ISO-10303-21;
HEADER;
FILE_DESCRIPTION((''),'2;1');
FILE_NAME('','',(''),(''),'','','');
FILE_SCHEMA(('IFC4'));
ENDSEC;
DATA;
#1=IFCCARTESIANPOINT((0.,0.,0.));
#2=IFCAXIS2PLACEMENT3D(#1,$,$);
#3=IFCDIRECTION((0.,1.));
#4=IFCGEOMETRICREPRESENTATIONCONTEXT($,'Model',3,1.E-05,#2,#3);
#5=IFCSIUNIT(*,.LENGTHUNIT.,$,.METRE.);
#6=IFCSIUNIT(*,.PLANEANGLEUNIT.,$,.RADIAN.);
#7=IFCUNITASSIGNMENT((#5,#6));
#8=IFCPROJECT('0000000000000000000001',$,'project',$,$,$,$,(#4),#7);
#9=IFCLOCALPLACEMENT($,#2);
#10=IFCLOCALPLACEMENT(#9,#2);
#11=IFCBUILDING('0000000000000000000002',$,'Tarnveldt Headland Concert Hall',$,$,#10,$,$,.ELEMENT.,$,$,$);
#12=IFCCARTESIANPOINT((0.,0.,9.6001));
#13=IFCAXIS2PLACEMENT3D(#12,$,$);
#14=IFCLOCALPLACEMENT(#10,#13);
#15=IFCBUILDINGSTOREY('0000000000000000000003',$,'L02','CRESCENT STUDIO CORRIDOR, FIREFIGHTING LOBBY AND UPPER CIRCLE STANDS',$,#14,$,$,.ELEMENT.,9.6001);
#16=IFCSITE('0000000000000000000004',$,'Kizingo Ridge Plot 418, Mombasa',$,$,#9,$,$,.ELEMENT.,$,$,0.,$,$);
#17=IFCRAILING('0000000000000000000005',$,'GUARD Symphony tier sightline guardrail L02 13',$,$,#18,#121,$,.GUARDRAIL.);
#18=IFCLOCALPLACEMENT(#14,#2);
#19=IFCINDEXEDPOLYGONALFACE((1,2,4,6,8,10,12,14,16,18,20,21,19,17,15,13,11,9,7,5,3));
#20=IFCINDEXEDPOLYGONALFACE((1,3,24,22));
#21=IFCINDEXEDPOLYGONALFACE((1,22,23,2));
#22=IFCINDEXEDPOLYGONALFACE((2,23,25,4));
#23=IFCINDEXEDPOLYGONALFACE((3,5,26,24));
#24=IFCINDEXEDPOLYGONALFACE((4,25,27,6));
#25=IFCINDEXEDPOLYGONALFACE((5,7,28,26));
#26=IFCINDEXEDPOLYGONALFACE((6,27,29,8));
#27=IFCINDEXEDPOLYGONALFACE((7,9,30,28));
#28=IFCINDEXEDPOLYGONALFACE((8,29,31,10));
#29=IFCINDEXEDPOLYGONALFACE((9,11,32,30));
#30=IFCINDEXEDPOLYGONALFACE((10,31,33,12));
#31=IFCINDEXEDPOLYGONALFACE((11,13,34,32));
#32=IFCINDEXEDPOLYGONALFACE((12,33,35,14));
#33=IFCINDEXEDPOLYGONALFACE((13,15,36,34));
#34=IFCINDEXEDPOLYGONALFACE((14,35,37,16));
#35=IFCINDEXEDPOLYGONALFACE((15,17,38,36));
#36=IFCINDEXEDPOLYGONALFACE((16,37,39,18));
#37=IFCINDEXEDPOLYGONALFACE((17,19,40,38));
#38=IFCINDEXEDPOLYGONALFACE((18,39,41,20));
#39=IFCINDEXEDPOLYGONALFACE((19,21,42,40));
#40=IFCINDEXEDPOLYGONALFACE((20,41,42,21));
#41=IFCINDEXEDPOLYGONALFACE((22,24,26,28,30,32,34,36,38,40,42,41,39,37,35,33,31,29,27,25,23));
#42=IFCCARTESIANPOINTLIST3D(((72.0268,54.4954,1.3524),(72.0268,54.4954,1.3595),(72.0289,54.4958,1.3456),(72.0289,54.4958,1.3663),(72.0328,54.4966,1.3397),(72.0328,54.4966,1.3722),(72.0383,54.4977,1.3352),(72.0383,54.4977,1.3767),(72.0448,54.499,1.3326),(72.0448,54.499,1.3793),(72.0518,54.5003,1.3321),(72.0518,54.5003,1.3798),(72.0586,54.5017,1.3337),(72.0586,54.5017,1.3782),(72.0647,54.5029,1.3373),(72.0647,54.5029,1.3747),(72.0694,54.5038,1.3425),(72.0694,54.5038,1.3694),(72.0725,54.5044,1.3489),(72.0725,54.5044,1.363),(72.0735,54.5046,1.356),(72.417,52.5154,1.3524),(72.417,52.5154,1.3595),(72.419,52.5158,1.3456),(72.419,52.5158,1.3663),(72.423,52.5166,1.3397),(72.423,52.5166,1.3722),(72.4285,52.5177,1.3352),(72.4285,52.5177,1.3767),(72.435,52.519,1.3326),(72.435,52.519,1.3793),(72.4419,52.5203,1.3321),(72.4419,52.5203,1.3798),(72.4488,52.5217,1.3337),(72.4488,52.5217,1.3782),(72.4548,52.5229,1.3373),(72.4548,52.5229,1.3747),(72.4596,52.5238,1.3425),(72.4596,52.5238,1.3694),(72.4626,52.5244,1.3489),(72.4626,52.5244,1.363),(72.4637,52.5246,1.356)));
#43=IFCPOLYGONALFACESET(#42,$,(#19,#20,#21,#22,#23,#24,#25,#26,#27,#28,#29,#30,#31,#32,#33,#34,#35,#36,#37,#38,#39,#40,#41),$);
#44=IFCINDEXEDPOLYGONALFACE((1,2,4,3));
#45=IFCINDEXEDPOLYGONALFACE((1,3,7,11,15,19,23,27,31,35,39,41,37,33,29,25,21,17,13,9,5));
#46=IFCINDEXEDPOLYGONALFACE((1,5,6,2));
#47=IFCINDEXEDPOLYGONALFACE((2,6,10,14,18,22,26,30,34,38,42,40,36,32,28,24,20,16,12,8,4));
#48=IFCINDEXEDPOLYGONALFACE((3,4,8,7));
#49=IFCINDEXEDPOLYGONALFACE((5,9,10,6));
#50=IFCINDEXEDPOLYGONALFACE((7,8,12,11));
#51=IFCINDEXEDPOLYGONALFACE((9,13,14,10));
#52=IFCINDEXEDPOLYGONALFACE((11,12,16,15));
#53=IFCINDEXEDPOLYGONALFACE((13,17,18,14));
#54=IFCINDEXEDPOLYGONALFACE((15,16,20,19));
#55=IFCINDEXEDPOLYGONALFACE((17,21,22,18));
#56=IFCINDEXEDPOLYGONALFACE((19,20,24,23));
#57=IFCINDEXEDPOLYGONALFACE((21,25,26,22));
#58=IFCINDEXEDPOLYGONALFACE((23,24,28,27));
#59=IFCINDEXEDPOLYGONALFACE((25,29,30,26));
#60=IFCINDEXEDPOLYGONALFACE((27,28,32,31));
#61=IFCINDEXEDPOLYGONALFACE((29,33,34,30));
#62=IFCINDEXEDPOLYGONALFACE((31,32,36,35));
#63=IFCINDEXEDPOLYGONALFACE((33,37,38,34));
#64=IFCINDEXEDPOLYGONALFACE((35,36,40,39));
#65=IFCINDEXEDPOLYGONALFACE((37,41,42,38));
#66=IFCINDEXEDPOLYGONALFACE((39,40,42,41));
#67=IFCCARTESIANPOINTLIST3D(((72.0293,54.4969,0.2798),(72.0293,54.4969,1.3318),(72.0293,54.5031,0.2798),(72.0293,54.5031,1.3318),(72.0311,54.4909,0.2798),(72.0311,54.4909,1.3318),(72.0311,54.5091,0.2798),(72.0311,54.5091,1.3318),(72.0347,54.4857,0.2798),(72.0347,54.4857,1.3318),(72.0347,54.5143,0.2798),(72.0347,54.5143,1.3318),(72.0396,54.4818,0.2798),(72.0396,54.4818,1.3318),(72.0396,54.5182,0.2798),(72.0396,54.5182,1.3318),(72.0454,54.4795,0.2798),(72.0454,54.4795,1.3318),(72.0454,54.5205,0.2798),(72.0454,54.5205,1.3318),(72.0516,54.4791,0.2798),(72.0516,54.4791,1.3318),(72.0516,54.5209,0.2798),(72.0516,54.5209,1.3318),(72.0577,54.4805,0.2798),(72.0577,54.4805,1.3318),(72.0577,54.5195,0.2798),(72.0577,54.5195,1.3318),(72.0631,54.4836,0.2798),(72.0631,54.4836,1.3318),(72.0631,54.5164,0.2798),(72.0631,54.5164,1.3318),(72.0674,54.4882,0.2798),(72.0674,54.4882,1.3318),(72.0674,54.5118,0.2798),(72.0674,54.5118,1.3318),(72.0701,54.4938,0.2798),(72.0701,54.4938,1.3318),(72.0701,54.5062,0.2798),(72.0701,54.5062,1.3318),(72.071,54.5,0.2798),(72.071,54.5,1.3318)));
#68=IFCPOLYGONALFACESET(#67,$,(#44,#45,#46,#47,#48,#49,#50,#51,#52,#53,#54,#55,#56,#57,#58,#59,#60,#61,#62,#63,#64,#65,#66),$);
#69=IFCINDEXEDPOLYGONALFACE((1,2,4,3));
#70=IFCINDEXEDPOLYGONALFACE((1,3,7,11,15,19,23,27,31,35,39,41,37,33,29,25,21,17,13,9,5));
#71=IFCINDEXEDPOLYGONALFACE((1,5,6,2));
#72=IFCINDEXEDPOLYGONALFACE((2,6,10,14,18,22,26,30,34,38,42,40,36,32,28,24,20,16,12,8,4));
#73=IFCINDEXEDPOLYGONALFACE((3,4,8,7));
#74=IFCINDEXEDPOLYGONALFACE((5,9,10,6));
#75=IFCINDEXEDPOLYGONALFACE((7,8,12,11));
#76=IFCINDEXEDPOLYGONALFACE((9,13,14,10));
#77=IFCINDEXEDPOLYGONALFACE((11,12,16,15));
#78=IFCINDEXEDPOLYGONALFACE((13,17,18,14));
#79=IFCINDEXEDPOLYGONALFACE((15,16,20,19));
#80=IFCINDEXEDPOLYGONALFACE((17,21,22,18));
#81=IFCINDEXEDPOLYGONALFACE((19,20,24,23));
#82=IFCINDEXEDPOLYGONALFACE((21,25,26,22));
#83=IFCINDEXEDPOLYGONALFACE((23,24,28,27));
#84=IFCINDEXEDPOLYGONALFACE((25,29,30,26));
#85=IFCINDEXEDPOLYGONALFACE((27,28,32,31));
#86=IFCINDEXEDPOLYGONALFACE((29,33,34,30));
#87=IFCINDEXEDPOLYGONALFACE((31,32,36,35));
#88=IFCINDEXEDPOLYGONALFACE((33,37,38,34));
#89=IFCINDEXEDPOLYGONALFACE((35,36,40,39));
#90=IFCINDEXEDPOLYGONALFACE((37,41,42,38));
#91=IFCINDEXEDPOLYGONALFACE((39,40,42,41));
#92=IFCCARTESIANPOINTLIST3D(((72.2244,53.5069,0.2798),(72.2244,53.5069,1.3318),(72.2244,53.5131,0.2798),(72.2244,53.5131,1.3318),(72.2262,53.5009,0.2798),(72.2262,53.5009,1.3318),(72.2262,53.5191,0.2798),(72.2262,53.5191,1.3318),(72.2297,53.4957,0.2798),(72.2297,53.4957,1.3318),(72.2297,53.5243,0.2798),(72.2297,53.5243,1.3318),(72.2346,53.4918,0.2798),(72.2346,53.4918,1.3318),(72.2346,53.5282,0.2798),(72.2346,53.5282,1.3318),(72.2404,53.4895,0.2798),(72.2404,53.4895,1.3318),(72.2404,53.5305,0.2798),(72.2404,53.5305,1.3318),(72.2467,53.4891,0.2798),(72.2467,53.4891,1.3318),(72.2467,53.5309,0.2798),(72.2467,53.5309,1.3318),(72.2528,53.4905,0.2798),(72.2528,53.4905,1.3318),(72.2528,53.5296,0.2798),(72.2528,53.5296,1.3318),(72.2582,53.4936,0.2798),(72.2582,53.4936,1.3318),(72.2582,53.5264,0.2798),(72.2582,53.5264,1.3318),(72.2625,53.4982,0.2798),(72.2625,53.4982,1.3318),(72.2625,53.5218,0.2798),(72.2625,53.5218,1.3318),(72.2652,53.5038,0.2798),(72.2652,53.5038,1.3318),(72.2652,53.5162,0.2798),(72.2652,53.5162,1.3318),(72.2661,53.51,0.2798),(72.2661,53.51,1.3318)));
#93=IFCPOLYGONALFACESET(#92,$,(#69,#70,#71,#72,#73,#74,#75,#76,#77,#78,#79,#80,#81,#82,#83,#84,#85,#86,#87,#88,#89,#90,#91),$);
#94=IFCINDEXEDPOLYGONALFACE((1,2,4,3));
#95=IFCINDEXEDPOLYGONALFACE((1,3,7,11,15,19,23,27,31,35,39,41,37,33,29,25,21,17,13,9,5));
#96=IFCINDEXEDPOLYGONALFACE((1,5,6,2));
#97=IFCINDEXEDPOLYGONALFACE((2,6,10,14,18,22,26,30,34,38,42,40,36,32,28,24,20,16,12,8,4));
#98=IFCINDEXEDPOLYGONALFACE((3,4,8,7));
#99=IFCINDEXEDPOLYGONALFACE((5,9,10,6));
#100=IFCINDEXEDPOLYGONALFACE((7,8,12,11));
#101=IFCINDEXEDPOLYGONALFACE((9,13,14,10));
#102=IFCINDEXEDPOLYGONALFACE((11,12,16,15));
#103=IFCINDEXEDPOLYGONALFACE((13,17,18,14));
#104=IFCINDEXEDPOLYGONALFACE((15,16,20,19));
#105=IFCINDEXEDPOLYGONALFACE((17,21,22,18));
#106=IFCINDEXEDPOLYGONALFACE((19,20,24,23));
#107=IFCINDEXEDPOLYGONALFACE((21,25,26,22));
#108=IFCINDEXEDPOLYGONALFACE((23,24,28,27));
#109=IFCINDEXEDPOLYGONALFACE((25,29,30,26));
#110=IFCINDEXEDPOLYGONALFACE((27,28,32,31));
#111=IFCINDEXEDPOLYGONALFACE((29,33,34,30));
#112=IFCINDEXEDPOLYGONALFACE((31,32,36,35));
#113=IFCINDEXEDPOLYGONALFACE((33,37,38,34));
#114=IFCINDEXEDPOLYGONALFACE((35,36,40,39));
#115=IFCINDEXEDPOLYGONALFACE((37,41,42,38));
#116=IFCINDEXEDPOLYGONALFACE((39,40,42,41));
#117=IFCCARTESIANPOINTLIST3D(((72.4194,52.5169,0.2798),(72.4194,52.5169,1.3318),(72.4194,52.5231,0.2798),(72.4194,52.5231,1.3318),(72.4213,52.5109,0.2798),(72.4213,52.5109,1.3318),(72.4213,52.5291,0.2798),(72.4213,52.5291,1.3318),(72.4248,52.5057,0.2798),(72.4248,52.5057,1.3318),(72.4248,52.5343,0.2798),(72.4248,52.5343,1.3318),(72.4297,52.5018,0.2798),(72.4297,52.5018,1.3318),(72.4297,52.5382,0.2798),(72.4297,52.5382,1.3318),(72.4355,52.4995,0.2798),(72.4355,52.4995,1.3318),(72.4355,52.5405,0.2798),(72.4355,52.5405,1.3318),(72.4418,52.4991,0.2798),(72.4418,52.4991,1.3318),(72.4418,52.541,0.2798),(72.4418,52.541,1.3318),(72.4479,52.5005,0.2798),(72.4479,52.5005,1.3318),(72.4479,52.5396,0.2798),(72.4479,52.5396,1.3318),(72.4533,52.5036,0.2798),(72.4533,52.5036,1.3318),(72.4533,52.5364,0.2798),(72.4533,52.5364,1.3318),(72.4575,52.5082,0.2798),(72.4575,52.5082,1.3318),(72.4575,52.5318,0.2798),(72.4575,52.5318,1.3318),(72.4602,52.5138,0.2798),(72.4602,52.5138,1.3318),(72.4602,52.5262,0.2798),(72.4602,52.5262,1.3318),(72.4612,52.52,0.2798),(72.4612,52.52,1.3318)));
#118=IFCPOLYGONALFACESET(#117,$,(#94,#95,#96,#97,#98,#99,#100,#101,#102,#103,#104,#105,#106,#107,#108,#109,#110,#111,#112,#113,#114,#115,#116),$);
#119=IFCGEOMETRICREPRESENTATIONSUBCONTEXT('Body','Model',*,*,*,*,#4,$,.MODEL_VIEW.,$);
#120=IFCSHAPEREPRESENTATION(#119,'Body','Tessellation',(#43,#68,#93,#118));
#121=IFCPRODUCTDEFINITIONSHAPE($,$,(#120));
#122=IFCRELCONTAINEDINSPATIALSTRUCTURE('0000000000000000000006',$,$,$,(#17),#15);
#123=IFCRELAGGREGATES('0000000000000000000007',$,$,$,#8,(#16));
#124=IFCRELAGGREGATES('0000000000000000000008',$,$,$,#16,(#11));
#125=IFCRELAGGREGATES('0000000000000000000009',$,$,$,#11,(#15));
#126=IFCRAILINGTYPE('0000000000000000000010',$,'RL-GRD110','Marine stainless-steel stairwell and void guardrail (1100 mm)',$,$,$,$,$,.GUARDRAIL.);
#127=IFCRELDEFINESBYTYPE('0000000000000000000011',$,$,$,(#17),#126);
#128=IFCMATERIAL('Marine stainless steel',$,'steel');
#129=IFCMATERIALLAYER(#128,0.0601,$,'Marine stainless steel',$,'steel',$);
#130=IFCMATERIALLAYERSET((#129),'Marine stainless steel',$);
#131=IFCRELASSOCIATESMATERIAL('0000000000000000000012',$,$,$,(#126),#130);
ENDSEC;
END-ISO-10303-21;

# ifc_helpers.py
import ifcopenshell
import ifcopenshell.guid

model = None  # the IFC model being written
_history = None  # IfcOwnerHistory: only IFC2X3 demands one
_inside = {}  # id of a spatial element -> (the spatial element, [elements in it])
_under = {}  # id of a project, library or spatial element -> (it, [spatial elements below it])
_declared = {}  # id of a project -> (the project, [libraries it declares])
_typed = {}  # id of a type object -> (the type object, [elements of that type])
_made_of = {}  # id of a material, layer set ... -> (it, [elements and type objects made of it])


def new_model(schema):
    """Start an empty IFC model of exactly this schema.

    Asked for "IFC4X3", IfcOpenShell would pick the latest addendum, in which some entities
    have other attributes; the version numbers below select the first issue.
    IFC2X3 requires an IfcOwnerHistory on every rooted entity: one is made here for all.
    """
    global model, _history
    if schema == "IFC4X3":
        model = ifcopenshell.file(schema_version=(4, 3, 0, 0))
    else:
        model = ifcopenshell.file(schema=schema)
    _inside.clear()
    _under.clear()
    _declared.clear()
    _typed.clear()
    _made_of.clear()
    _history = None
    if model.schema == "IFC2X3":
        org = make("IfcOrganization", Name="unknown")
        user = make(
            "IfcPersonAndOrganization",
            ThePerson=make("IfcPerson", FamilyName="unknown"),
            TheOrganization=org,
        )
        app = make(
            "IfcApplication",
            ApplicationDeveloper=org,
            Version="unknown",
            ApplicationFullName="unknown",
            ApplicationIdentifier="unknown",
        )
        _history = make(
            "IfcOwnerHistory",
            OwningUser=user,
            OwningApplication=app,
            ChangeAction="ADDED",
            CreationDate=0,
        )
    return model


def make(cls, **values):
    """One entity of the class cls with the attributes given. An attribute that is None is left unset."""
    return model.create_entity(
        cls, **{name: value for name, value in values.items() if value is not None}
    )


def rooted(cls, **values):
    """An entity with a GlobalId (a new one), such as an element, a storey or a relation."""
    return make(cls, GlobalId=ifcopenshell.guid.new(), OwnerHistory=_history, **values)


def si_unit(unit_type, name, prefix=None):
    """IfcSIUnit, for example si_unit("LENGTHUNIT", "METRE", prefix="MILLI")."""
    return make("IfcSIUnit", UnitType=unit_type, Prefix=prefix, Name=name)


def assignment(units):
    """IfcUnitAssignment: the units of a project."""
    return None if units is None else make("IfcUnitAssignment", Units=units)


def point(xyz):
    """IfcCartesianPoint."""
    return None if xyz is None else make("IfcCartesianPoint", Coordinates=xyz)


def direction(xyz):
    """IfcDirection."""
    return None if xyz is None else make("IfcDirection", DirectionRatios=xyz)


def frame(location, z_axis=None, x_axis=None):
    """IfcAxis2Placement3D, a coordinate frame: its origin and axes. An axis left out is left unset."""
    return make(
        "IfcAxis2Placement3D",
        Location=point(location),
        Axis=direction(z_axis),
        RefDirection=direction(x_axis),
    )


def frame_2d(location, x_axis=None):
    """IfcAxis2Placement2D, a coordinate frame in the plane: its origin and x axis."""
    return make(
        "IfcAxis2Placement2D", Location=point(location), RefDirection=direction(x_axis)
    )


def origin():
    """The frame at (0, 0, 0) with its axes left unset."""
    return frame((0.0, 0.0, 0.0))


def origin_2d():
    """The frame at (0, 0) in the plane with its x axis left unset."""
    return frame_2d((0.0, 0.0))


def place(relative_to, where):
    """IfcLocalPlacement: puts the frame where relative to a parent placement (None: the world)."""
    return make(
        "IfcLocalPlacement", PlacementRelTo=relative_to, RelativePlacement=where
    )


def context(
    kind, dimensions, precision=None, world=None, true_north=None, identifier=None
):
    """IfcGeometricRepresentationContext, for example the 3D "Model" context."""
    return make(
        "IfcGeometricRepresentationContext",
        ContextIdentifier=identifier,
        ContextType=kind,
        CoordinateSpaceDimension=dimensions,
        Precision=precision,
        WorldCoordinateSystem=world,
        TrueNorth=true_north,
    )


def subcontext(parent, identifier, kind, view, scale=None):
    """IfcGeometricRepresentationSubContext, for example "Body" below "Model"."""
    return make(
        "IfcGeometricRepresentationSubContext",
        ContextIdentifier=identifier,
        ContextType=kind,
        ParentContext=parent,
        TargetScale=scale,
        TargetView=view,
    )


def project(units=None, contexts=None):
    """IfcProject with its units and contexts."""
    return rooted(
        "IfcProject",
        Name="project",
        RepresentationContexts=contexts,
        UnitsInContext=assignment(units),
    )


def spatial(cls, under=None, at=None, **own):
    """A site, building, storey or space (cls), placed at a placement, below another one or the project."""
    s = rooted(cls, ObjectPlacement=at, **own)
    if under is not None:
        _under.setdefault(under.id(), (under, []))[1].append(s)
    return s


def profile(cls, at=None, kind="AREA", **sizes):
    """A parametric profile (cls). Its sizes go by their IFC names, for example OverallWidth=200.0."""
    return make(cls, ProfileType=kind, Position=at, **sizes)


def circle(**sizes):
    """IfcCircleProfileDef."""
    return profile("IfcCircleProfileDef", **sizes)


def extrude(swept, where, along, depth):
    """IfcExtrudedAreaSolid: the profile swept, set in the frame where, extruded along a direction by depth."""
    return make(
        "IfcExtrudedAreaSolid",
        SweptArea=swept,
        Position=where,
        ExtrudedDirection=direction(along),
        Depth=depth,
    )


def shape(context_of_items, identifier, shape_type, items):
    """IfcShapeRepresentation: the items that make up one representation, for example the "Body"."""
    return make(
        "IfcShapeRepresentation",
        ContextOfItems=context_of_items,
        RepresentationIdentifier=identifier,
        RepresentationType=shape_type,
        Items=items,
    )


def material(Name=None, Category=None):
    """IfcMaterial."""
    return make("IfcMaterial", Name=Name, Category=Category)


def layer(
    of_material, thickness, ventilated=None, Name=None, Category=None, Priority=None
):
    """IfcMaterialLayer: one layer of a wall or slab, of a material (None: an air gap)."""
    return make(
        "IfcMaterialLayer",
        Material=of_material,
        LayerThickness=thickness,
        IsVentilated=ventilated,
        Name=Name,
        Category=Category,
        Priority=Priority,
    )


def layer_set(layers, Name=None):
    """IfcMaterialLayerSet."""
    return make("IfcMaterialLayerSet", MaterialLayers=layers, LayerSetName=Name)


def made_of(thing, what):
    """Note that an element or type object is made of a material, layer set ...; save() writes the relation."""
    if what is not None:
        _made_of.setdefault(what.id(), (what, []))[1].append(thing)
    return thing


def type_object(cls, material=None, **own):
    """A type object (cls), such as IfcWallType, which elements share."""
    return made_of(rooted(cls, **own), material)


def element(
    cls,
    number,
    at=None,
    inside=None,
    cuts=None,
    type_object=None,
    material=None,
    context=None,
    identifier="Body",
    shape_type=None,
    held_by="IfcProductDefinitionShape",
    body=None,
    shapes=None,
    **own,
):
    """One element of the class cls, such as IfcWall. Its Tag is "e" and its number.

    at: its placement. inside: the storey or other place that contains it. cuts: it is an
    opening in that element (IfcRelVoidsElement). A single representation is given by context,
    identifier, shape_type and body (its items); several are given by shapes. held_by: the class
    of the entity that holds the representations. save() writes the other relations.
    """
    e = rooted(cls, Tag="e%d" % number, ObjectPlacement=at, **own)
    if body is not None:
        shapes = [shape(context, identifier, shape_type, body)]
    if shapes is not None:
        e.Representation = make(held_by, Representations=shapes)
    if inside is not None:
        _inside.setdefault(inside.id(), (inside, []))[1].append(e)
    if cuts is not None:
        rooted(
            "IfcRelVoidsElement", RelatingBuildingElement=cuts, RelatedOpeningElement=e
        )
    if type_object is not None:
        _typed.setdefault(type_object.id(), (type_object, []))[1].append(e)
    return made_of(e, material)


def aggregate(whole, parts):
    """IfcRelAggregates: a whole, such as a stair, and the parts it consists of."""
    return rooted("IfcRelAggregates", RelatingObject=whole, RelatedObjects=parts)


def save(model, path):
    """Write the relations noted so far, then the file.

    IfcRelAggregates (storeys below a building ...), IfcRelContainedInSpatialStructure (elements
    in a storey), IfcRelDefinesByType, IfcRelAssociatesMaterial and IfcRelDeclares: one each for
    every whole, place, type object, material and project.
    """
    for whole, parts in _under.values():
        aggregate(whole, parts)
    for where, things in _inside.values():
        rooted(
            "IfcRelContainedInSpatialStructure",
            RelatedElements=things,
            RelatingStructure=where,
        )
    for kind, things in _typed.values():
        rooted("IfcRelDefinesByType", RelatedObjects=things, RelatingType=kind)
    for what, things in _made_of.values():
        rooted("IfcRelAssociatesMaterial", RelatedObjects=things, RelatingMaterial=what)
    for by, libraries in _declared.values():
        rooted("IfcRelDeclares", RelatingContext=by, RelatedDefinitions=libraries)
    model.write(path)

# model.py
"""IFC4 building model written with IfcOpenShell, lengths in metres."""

from ifc_helpers import new_model, si_unit, direction, frame, origin, origin_2d, place, context, subcontext, project, spatial, circle, extrude, material, layer, layer_set, type_object, element, save


model = new_model("IFC4")

# Units and contexts
model_context = context("Model", 3, precision=1e-05, world=origin(), true_north=direction((0.0, 1.0)))
body_context = subcontext(model_context, "Body", "Model", "MODEL_VIEW")
ifc_project = project(units=[si_unit("LENGTHUNIT", "METRE"), si_unit("PLANEANGLEUNIT", "RADIAN")], contexts=[model_context])

# Site, building, storey
site_placement = place(None, origin())
site = spatial("IfcSite", under=ifc_project, at=site_placement, Name="Kizingo Ridge Plot 418, Mombasa", CompositionType="ELEMENT", RefElevation=0.0)
building_placement = place(site_placement, origin())
building = spatial("IfcBuilding", under=site, at=building_placement, Name="Tarnveldt Headland Concert Hall", CompositionType="ELEMENT")
storey_placement = place(building_placement, frame((0.0, 0.0, 9.6001)))
storey = spatial("IfcBuildingStorey", under=building, at=storey_placement, Name="L02", Description="CRESCENT STUDIO CORRIDOR, FIREFIGHTING LOBBY AND UPPER CIRCLE STANDS", CompositionType="ELEMENT", Elevation=9.6001)

# Railing
ifc_material_1 = material(Name="Marine stainless steel", Category="steel")
ifc_layer = layer(ifc_material_1, 0.0601, Name="Marine stainless steel", Category="steel")
ifc_layer_set = layer_set([ifc_layer], Name="Marine stainless steel")
railing_type = type_object("IfcRailingType", Name="RL-GRD110", Description="Marine stainless-steel stairwell and void guardrail (1100 mm)", PredefinedType="GUARDRAIL", material=ifc_layer_set)
railing_1_placement = place(storey_placement, frame((72.05, 54.5, 0.2798)))
element("IfcRailing", 1, at=railing_1_placement, inside=storey, type_object=railing_type, Name="GUARD Symphony tier sightline guardrail L02 13", PredefinedType="GUARDRAIL", context=body_context, shape_type="SweptSolid", body=[
    extrude(circle(Radius=0.0239, at=origin_2d()), frame((0.0, 0.0, 1.0762), z_axis=(0.193324, -0.981135, 0.0), x_axis=(0.981135, 0.193324, 0.0)), (0.0, 0.0, 1.0), 2.0181),
    extrude(circle(Radius=0.021, at=origin_2d()), origin(), (0.0, 0.0, 1.0), 1.052),
    extrude(circle(Radius=0.021, at=origin_2d()), frame((0.1951, -0.99, 0.0)), (0.0, 0.0, 1.0), 1.052),
    extrude(circle(Radius=0.021, at=origin_2d()), frame((0.3901, -1.98, 0.0)), (0.0, 0.0, 1.0), 1.052),
])

save(model, "model.ifc")
